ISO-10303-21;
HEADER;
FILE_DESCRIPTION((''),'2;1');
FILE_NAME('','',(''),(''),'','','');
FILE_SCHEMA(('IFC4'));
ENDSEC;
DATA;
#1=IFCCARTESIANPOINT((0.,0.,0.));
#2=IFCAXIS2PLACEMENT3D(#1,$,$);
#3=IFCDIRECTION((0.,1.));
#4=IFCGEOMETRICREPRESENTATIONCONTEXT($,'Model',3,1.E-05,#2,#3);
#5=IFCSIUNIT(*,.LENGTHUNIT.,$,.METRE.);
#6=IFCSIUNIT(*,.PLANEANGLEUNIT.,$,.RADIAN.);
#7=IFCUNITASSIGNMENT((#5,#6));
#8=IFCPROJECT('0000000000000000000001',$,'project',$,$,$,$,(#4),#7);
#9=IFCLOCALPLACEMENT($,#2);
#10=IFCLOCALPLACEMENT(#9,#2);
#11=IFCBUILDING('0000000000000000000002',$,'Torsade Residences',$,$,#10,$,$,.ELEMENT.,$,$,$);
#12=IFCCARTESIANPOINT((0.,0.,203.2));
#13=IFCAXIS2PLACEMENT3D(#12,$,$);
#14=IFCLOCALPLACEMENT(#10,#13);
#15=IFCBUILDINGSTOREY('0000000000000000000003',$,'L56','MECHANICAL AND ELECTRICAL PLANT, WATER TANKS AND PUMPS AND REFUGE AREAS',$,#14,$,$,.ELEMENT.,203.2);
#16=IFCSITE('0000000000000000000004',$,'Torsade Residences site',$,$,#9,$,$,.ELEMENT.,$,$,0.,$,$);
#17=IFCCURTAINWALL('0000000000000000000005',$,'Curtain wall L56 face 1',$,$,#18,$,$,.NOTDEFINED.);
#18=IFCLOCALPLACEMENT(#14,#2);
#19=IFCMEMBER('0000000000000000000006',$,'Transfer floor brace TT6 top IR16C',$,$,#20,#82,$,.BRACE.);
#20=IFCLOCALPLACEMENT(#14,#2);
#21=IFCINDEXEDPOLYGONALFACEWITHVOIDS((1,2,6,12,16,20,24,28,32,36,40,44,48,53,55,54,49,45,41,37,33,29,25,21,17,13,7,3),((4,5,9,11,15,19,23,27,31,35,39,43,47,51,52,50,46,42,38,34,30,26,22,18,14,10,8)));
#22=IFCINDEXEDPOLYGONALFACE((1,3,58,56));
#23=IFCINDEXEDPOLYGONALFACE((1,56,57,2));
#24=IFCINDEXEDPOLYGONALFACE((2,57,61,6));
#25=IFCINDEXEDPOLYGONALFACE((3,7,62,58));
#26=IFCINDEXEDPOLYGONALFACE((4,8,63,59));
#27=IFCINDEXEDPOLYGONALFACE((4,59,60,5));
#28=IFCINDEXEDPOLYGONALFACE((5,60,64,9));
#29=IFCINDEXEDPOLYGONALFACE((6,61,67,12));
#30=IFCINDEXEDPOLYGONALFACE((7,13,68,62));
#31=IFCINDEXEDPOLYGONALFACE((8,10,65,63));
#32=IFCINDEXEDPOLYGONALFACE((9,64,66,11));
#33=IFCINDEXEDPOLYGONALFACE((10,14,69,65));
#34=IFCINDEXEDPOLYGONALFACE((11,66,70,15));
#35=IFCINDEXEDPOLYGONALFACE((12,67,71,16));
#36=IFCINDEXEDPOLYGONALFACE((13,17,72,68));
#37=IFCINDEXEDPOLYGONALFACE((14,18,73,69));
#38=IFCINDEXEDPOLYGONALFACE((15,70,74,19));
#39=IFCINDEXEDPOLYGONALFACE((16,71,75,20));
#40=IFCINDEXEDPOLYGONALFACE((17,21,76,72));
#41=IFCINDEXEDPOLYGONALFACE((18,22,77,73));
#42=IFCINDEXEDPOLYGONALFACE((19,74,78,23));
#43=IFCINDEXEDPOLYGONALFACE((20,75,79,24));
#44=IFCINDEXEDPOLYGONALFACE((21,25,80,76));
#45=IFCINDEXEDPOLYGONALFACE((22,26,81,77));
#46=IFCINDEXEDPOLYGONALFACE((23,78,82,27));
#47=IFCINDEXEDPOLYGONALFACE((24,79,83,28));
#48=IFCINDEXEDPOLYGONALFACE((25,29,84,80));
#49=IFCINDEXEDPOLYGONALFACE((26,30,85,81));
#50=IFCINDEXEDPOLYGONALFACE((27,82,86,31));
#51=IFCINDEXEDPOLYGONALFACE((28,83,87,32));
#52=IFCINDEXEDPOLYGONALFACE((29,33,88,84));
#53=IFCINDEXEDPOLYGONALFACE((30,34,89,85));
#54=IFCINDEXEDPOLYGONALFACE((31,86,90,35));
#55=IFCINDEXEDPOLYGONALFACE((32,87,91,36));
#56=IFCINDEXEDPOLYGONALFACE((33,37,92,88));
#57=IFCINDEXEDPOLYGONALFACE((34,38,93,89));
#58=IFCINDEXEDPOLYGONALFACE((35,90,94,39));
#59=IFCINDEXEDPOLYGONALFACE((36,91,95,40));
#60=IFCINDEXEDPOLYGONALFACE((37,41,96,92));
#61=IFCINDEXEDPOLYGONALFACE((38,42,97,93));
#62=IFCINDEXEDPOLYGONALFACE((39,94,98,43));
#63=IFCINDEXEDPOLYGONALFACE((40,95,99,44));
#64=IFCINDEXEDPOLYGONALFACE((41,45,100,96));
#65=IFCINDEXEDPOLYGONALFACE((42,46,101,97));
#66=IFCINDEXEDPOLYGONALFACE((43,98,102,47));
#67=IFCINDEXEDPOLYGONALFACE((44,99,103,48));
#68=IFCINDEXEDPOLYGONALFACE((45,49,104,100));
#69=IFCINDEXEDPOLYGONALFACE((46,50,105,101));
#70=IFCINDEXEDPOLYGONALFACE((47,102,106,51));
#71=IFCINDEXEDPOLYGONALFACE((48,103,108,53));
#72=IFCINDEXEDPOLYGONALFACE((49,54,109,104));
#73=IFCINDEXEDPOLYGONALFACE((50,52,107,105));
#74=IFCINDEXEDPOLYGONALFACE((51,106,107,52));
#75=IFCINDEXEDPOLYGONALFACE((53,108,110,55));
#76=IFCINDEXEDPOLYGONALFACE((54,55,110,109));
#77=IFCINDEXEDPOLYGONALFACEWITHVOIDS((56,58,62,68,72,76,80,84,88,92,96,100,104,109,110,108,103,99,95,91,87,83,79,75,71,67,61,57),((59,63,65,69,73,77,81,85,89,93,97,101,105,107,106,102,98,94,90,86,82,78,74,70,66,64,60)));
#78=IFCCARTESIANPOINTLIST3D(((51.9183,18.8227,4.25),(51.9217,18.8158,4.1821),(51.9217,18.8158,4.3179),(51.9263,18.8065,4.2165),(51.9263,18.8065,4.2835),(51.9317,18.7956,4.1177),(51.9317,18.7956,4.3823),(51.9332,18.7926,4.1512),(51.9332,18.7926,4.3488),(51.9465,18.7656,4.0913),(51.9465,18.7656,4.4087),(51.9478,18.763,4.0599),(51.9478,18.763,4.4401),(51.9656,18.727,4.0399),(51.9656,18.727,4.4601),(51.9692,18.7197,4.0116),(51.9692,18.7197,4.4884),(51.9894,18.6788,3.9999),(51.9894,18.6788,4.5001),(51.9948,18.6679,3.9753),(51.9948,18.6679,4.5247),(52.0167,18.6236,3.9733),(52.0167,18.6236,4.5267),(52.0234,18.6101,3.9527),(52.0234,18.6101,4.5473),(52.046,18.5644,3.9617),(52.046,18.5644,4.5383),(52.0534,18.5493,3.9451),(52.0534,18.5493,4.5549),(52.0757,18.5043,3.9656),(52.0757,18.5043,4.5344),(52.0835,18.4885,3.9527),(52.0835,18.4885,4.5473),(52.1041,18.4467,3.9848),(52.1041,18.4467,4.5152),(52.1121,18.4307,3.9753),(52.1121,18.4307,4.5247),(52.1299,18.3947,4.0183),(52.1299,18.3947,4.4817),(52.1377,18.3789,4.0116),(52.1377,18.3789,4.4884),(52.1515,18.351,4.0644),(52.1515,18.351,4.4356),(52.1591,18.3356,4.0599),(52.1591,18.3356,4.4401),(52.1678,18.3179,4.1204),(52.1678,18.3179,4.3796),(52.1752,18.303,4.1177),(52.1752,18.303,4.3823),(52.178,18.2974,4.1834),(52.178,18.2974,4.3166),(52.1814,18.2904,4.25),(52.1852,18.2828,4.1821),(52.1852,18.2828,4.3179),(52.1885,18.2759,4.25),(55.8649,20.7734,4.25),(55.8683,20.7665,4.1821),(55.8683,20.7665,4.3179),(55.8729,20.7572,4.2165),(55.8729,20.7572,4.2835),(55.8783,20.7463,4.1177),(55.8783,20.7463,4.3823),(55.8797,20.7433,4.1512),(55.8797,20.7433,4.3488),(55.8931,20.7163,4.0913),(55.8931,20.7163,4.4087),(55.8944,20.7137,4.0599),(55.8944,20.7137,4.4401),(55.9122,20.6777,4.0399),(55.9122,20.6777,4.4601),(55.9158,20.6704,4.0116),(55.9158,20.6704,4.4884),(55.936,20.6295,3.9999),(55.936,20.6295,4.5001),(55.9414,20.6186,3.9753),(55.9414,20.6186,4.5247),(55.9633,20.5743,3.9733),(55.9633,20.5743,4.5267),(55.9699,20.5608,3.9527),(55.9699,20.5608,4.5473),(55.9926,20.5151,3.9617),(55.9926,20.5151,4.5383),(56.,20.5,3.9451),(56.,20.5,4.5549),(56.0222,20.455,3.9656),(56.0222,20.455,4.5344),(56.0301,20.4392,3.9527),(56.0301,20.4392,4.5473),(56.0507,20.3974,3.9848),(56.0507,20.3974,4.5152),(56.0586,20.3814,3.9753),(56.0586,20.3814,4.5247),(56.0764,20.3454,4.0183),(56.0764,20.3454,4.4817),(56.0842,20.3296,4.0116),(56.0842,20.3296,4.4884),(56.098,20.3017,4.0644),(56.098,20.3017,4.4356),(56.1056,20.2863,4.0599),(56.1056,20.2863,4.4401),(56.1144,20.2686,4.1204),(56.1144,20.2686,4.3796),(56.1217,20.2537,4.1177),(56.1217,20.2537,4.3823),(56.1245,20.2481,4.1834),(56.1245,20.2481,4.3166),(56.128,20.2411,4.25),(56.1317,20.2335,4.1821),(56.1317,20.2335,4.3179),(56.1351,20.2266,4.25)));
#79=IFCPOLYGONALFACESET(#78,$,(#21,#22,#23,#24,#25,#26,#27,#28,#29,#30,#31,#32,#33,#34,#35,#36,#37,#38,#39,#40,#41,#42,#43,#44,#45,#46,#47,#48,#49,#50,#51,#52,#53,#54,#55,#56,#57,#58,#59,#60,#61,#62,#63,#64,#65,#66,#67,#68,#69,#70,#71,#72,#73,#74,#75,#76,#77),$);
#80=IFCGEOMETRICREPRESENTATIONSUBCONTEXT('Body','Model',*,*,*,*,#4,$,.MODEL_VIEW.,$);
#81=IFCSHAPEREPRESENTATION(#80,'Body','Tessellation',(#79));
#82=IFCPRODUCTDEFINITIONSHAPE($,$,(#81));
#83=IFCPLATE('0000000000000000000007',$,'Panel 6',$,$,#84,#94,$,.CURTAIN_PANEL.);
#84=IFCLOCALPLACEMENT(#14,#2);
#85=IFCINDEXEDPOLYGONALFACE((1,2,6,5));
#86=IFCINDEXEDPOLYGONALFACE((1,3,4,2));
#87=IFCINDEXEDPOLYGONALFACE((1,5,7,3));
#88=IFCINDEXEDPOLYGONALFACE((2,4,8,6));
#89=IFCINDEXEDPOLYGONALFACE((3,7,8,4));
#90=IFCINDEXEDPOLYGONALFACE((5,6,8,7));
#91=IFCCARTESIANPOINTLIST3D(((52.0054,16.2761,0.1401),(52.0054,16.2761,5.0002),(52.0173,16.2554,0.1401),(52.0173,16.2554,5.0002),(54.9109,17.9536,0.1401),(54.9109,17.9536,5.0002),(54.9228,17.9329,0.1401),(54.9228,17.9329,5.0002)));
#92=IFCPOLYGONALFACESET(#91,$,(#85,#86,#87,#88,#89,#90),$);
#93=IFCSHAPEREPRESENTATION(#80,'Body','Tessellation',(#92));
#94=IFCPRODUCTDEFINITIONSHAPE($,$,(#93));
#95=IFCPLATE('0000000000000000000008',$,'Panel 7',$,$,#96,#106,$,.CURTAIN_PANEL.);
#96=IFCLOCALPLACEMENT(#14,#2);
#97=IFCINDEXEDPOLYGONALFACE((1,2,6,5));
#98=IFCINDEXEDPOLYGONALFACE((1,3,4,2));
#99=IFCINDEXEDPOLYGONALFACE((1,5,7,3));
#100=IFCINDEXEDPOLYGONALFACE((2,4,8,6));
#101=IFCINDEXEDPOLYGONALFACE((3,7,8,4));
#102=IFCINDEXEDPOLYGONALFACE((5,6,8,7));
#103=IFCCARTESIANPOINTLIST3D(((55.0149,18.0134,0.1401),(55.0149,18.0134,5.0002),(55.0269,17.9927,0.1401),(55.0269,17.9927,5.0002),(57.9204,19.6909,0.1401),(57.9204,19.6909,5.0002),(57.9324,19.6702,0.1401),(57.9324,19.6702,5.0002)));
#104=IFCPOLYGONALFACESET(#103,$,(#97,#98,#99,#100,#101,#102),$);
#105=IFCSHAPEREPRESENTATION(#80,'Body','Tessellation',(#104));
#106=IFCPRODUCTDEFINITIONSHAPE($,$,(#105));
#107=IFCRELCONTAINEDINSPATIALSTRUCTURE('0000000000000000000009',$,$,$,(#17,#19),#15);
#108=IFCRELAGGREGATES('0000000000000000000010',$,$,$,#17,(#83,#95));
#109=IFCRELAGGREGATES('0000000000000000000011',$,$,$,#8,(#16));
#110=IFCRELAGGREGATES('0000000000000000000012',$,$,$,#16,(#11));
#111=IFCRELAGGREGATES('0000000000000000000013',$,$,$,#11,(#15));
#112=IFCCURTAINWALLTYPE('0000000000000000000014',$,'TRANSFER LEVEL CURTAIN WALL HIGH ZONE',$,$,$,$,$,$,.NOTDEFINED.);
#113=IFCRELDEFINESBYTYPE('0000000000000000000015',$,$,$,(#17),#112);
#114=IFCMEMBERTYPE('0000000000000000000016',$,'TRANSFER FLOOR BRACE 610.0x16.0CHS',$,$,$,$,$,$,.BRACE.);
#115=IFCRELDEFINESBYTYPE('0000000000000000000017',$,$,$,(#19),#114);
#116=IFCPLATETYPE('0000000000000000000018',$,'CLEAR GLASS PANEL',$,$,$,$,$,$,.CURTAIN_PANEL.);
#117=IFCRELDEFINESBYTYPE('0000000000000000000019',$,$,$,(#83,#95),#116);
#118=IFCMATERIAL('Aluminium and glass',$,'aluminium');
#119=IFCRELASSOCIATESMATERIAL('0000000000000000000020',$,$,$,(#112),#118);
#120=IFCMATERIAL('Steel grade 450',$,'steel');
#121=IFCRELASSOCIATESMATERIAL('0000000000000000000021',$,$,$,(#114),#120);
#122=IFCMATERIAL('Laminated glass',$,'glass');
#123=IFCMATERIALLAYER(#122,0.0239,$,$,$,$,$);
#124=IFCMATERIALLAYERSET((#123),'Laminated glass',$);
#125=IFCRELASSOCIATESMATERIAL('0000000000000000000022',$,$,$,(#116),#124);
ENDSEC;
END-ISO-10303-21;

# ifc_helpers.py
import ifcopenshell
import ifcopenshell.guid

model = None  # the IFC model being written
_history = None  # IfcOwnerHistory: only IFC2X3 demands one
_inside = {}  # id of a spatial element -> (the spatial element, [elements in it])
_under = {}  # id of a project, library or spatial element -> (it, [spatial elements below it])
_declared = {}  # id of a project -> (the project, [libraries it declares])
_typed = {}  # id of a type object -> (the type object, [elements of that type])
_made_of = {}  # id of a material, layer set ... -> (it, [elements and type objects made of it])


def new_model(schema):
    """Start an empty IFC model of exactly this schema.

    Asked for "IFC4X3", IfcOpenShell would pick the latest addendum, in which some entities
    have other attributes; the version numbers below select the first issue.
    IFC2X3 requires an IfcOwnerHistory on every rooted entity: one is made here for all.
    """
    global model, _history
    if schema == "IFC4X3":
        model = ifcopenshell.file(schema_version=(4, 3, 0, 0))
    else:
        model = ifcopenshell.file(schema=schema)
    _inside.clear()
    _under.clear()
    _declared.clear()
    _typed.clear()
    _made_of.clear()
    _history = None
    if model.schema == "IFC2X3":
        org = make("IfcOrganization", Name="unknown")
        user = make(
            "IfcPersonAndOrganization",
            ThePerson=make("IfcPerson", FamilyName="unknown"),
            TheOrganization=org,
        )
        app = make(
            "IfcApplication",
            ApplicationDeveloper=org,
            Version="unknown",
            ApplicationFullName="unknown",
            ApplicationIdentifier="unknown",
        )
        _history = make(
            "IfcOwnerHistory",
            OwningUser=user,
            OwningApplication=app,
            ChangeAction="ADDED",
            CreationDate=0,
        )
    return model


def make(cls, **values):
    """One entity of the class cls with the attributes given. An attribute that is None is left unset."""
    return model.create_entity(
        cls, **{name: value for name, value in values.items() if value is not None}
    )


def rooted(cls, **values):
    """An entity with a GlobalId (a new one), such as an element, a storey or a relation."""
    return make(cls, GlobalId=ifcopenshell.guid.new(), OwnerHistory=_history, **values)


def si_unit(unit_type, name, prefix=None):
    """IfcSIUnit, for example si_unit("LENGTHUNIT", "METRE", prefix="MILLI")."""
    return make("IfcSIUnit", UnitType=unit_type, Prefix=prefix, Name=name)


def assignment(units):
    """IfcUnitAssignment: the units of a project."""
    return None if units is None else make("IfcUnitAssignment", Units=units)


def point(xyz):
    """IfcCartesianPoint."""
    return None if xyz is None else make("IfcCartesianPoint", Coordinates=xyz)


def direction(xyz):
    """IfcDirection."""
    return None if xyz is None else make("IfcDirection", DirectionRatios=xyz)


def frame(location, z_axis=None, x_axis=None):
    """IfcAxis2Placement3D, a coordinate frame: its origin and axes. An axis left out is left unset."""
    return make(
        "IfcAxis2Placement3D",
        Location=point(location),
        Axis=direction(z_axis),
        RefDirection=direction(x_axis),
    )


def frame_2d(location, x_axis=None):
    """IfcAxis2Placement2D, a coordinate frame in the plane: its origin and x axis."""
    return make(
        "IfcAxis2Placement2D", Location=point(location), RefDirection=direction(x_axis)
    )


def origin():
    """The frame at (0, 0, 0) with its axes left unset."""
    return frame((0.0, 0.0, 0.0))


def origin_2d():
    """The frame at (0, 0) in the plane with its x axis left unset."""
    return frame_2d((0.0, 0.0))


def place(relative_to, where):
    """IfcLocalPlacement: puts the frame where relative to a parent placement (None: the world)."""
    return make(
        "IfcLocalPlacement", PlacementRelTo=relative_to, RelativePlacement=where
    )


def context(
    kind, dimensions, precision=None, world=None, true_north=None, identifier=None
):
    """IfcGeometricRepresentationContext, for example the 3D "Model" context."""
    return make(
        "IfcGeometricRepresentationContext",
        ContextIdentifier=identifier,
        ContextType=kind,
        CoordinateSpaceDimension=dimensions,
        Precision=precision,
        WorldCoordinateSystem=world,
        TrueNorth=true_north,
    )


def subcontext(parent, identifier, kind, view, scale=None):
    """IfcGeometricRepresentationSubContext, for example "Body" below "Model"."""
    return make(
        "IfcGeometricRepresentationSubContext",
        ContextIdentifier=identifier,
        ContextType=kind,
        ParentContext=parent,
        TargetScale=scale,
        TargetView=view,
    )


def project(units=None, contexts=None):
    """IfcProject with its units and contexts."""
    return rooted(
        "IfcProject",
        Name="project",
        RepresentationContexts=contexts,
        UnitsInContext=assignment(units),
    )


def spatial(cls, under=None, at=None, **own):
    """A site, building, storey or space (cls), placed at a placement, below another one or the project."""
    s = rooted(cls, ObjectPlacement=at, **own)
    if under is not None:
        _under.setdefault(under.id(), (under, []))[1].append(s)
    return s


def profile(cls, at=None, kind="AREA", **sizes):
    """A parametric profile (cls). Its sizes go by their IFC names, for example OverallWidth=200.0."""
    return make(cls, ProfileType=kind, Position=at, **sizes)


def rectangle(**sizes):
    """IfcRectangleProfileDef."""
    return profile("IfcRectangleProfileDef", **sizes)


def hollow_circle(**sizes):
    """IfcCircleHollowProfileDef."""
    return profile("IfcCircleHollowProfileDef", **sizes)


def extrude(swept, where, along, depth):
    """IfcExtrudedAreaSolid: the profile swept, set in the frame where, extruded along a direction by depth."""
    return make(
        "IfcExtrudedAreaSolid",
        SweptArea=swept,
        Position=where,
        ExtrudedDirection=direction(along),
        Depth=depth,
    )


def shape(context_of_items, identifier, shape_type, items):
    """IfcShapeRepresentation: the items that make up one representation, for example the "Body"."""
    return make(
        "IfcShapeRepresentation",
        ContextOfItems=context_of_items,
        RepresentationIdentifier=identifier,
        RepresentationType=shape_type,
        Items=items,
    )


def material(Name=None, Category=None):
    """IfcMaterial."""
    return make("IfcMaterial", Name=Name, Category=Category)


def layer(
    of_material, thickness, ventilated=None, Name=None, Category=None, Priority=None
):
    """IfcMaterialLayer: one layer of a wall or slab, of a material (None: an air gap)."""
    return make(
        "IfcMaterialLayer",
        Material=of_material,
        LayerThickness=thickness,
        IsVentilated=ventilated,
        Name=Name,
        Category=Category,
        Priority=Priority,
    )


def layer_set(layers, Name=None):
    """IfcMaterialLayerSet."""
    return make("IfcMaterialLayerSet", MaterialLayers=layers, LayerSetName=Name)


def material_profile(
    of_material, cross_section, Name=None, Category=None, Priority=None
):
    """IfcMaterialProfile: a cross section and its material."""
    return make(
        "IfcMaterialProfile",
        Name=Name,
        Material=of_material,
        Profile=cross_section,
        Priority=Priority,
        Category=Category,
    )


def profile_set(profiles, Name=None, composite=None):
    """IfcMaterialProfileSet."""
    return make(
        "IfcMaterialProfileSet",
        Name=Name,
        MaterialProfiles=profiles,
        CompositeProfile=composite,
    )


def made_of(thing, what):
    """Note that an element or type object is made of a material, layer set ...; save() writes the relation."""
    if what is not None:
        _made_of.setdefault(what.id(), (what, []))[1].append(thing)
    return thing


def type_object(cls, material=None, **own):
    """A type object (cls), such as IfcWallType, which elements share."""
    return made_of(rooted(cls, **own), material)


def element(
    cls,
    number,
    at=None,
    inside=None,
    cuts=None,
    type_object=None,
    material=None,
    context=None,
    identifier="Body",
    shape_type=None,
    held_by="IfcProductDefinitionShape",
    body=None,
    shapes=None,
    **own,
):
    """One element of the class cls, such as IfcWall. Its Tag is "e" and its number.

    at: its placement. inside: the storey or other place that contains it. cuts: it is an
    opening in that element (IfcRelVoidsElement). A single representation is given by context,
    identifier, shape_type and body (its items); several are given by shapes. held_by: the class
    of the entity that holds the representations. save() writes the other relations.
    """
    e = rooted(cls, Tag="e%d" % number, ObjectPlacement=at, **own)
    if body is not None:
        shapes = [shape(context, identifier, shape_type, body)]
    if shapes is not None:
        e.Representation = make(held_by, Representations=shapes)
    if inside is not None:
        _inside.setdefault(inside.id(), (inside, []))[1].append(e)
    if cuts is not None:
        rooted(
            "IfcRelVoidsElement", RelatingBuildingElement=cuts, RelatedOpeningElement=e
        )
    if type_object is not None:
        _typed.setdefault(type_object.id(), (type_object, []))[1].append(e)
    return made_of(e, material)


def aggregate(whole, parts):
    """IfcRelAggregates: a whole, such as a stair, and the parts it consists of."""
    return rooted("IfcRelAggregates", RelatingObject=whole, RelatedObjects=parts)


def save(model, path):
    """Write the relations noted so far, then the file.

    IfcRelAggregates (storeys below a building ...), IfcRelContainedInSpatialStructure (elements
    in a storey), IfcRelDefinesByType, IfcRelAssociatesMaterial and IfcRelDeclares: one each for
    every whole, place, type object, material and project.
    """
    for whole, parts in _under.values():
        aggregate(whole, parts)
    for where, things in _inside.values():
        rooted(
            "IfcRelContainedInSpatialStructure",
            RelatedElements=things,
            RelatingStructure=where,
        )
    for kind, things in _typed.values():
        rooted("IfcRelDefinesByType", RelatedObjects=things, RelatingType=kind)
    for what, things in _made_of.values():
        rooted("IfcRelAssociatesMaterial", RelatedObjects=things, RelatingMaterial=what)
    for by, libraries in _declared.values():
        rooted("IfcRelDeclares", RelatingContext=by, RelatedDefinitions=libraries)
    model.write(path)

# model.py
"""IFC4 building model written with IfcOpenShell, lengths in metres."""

from ifc_helpers import new_model, si_unit, direction, frame, origin, origin_2d, place, context, subcontext, project, spatial, rectangle, hollow_circle, extrude, material, layer, layer_set, material_profile, profile_set, type_object, element, aggregate, save


model = new_model("IFC4")

# Units and contexts
model_context = context("Model", 3, precision=1e-05, world=origin(), true_north=direction((0.0, 1.0)))
body_context = subcontext(model_context, "Body", "Model", "MODEL_VIEW")
ifc_project = project(units=[si_unit("LENGTHUNIT", "METRE"), si_unit("PLANEANGLEUNIT", "RADIAN")], contexts=[model_context])

# Site, building, storey
site_placement = place(None, origin())
site = spatial("IfcSite", under=ifc_project, at=site_placement, Name="Torsade Residences site", CompositionType="ELEMENT", RefElevation=0.0)
building_placement = place(site_placement, origin())
building = spatial("IfcBuilding", under=site, at=building_placement, Name="Torsade Residences", CompositionType="ELEMENT")
storey_placement = place(building_placement, frame((0.0, 0.0, 203.2)))
storey = spatial("IfcBuildingStorey", under=building, at=storey_placement, Name="L56", Description="MECHANICAL AND ELECTRICAL PLANT, WATER TANKS AND PUMPS AND REFUGE AREAS", CompositionType="ELEMENT", Elevation=203.2)

# Curtain wall
ifc_material_1 = material(Name="Aluminium and glass", Category="aluminium")
curtain_wall_type = type_object("IfcCurtainWallType", Name="TRANSFER LEVEL CURTAIN WALL HIGH ZONE", PredefinedType="NOTDEFINED", material=ifc_material_1)
curtain_wall_placement = place(storey_placement, origin())
curtain_wall = element("IfcCurtainWall", 1, at=curtain_wall_placement, inside=storey, type_object=curtain_wall_type, Name="Curtain wall L56 face 1", PredefinedType="NOTDEFINED")

# Member
ifc_material_2 = material(Name="Steel grade 450", Category="steel")
ifc_material_profile_1 = material_profile(ifc_material_2, hollow_circle(Radius=0.3049, WallThickness=0.0161, at=origin_2d()), Name="610.0x16.0CHS")
ifc_profile_set_1 = profile_set([ifc_material_profile_1], Name="Steel grade 450")
member_type_1 = type_object("IfcMemberType", Name="TRANSFER FLOOR BRACE 610.0x16.0CHS", PredefinedType="BRACE", material=ifc_profile_set_1)
member_1_placement = place(storey_placement, frame((56.0, 20.5, 4.25), z_axis=(-0.89647, -0.443105, 0.0), x_axis=(0.443105, -0.89647, 0.0)))
element("IfcMember", 2, at=member_1_placement, inside=storey, type_object=member_type_1, Name="Transfer floor brace TT6 top IR16C", PredefinedType="BRACE", context=body_context, shape_type="SweptSolid", body=[
    extrude(hollow_circle(Radius=0.3049, WallThickness=0.0161, at=origin_2d()), origin(), (0.0, 0.0, 1.0), 4.4023),
])

# Plates
ifc_material_3 = material(Name="Laminated glass", Category="glass")
ifc_layer_1 = layer(ifc_material_3, 0.0239)
ifc_layer_set_1 = layer_set([ifc_layer_1], Name="Laminated glass")
plate_type = type_object("IfcPlateType", Name="CLEAR GLASS PANEL", PredefinedType="CURTAIN_PANEL", material=ifc_layer_set_1)
plate_1_placement = place(storey_placement, frame((53.4641, 17.1045, 0.1401), z_axis=(0.0, 0.0, 1.0), x_axis=(0.866025, 0.5, 0.0)))
plate_1 = element("IfcPlate", 3, at=plate_1_placement, type_object=plate_type, Name="Panel 6", PredefinedType="CURTAIN_PANEL", context=body_context, shape_type="SweptSolid", body=[
    extrude(rectangle(XDim=3.355, YDim=0.0239, at=origin_2d()), origin(), (0.0, 0.0, 1.0), 4.8601),
])
plate_2_placement = place(storey_placement, frame((56.4736, 18.8418, 0.1401), z_axis=(0.0, 0.0, 1.0), x_axis=(0.866025, 0.5, 0.0)))
plate_2 = element("IfcPlate", 4, at=plate_2_placement, type_object=plate_type, Name="Panel 7", PredefinedType="CURTAIN_PANEL", context=body_context, shape_type="SweptSolid", body=[
    extrude(rectangle(XDim=3.355, YDim=0.0239, at=origin_2d()), origin(), (0.0, 0.0, 1.0), 4.8601),
])
aggregate(curtain_wall, [plate_1, plate_2])

save(model, "model.ifc")
